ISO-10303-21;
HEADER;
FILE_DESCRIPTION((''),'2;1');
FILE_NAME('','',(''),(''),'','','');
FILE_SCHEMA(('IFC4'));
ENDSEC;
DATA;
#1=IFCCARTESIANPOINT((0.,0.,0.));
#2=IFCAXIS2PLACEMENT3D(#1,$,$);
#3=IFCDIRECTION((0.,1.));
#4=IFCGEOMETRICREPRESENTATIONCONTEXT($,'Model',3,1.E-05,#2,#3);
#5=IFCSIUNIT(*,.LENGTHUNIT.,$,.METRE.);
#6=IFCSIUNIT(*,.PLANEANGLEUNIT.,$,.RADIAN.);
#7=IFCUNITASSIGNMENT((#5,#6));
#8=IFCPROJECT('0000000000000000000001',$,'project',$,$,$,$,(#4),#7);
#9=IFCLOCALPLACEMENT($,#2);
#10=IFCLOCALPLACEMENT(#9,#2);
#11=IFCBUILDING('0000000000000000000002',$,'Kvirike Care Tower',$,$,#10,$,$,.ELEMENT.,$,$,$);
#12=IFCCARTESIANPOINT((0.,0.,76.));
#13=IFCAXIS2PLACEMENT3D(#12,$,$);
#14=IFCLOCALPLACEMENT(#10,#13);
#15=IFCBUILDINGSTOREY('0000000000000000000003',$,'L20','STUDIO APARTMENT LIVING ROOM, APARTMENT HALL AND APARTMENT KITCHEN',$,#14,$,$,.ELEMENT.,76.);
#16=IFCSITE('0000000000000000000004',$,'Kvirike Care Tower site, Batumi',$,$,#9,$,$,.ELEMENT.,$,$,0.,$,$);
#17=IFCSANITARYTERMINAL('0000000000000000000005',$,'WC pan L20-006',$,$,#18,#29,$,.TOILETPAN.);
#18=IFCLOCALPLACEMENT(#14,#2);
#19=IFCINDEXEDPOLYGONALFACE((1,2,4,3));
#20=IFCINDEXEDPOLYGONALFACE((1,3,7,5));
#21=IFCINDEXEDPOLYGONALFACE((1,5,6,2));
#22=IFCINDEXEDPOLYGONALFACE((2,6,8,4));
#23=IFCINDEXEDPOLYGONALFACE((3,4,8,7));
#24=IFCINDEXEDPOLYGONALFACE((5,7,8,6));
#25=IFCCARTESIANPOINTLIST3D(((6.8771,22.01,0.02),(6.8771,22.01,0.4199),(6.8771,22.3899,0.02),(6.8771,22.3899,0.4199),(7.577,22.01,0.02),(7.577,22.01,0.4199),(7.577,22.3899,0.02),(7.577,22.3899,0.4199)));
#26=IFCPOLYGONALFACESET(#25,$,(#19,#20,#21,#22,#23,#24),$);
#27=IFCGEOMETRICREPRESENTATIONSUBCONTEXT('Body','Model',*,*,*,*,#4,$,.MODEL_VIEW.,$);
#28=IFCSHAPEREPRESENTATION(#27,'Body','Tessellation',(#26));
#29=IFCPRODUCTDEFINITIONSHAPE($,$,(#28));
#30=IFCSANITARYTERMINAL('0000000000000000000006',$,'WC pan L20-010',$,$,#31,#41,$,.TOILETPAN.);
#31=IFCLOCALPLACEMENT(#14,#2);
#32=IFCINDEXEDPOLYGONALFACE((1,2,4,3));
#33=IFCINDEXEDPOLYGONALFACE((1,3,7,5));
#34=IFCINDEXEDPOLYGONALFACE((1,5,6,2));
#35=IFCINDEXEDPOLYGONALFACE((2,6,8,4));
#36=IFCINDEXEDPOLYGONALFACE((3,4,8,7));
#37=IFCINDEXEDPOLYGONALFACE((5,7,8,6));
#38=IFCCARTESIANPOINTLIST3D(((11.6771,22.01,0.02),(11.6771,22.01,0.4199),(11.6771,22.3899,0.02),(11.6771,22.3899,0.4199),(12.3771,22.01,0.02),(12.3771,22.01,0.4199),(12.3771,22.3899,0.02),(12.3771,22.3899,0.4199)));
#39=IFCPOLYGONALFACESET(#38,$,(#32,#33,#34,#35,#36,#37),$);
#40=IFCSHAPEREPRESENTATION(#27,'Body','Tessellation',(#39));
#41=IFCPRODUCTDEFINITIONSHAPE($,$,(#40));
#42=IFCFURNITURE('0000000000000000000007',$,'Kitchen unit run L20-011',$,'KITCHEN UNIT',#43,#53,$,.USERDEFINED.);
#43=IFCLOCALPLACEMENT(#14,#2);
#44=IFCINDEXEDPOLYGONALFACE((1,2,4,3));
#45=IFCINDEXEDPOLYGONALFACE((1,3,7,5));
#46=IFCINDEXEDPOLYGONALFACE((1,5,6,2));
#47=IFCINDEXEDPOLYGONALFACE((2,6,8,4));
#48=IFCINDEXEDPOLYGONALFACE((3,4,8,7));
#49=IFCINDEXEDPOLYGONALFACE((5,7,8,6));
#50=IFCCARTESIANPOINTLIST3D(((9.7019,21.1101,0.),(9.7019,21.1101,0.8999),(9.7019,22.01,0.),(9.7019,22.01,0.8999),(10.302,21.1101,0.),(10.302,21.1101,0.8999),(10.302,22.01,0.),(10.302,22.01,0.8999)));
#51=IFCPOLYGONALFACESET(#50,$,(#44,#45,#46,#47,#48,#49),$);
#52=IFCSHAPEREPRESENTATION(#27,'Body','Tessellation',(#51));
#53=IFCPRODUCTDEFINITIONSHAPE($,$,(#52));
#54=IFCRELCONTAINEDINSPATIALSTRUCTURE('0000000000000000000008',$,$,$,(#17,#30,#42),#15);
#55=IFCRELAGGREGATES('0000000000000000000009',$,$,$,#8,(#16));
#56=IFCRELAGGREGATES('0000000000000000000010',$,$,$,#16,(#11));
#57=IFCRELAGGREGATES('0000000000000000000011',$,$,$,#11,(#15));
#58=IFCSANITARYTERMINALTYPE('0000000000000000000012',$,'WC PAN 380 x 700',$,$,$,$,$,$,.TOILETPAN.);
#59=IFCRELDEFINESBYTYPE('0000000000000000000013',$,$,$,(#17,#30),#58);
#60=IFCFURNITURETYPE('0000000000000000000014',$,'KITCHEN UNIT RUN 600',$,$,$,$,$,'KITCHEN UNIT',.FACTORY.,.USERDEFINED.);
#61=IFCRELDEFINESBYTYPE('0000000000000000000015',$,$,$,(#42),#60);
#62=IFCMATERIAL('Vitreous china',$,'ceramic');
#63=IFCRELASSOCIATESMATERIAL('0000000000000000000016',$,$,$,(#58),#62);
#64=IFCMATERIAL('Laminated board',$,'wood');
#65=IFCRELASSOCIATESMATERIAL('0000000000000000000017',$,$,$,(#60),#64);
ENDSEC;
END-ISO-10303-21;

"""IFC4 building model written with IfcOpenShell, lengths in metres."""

from ifc_helpers import new_model, si_unit, direction, frame, origin, origin_2d, place, context, subcontext, project, spatial, rectangle, extrude, material, type_object, element, save


model = new_model("IFC4")

# Units and contexts
model_context = context("Model", 3, precision=1e-05, world=origin(), true_north=direction((0.0, 1.0)))
body_context = subcontext(model_context, "Body", "Model", "MODEL_VIEW")
ifc_project = project(units=[si_unit("LENGTHUNIT", "METRE"), si_unit("PLANEANGLEUNIT", "RADIAN")], contexts=[model_context])

# Site, building, storey
site_placement = place(None, origin())
site = spatial("IfcSite", under=ifc_project, at=site_placement, Name="Kvirike Care Tower site, Batumi", CompositionType="ELEMENT", RefElevation=0.0)
building_placement = place(site_placement, origin())
building = spatial("IfcBuilding", under=site, at=building_placement, Name="Kvirike Care Tower", CompositionType="ELEMENT")
storey_placement = place(building_placement, frame((0.0, 0.0, 76.0)))
storey = spatial("IfcBuildingStorey", under=building, at=storey_placement, Name="L20", Description="STUDIO APARTMENT LIVING ROOM, APARTMENT HALL AND APARTMENT KITCHEN", CompositionType="ELEMENT", Elevation=76.0)

# Sanitary terminals
ifc_material_1 = material(Name="Vitreous china", Category="ceramic")
sanitary_terminal_type_1 = type_object("IfcSanitaryTerminalType", Name="WC PAN 380 x 700", PredefinedType="TOILETPAN", material=ifc_material_1)
for number, where, z_axis, x_axis, name in (
    (1, (7.2271, 22.2, 0.02), (0.0, 0.0, 1.0), (0.0, 1.0, 0.0), "WC pan L20-006"),
    (2, (12.0271, 22.2, 0.02), (0.0, 0.0, 1.0), (0.0, 1.0, 0.0), "WC pan L20-010"),
):
    element("IfcSanitaryTerminal", number, at=place(storey_placement, frame(where, z_axis=z_axis, x_axis=x_axis)), inside=storey, type_object=sanitary_terminal_type_1, Name=name, PredefinedType="TOILETPAN", context=body_context, shape_type="SweptSolid", body=[
        extrude(rectangle(XDim=0.3799, YDim=0.7, at=origin_2d()), origin(), (0.0, 0.0, 1.0), 0.3999),
    ])

# Furniture
ifc_material_2 = material(Name="Laminated board", Category="wood")
furniture_type = type_object("IfcFurnitureType", Name="KITCHEN UNIT RUN 600", ElementType="KITCHEN UNIT", AssemblyPlace="FACTORY", PredefinedType="USERDEFINED", material=ifc_material_2)
furniture_placement = place(storey_placement, frame((10.002, 21.5601, 0.0), z_axis=(0.0, 0.0, 1.0), x_axis=(0.0, 1.0, 0.0)))
element("IfcFurniture", 3, at=furniture_placement, inside=storey, type_object=furniture_type, Name="Kitchen unit run L20-011", ObjectType="KITCHEN UNIT", PredefinedType="USERDEFINED", context=body_context, shape_type="SweptSolid", body=[
    extrude(rectangle(XDim=0.8999, YDim=0.6001, at=origin_2d()), origin(), (0.0, 0.0, 1.0), 0.8999),
])

save(model, "model.ifc")
